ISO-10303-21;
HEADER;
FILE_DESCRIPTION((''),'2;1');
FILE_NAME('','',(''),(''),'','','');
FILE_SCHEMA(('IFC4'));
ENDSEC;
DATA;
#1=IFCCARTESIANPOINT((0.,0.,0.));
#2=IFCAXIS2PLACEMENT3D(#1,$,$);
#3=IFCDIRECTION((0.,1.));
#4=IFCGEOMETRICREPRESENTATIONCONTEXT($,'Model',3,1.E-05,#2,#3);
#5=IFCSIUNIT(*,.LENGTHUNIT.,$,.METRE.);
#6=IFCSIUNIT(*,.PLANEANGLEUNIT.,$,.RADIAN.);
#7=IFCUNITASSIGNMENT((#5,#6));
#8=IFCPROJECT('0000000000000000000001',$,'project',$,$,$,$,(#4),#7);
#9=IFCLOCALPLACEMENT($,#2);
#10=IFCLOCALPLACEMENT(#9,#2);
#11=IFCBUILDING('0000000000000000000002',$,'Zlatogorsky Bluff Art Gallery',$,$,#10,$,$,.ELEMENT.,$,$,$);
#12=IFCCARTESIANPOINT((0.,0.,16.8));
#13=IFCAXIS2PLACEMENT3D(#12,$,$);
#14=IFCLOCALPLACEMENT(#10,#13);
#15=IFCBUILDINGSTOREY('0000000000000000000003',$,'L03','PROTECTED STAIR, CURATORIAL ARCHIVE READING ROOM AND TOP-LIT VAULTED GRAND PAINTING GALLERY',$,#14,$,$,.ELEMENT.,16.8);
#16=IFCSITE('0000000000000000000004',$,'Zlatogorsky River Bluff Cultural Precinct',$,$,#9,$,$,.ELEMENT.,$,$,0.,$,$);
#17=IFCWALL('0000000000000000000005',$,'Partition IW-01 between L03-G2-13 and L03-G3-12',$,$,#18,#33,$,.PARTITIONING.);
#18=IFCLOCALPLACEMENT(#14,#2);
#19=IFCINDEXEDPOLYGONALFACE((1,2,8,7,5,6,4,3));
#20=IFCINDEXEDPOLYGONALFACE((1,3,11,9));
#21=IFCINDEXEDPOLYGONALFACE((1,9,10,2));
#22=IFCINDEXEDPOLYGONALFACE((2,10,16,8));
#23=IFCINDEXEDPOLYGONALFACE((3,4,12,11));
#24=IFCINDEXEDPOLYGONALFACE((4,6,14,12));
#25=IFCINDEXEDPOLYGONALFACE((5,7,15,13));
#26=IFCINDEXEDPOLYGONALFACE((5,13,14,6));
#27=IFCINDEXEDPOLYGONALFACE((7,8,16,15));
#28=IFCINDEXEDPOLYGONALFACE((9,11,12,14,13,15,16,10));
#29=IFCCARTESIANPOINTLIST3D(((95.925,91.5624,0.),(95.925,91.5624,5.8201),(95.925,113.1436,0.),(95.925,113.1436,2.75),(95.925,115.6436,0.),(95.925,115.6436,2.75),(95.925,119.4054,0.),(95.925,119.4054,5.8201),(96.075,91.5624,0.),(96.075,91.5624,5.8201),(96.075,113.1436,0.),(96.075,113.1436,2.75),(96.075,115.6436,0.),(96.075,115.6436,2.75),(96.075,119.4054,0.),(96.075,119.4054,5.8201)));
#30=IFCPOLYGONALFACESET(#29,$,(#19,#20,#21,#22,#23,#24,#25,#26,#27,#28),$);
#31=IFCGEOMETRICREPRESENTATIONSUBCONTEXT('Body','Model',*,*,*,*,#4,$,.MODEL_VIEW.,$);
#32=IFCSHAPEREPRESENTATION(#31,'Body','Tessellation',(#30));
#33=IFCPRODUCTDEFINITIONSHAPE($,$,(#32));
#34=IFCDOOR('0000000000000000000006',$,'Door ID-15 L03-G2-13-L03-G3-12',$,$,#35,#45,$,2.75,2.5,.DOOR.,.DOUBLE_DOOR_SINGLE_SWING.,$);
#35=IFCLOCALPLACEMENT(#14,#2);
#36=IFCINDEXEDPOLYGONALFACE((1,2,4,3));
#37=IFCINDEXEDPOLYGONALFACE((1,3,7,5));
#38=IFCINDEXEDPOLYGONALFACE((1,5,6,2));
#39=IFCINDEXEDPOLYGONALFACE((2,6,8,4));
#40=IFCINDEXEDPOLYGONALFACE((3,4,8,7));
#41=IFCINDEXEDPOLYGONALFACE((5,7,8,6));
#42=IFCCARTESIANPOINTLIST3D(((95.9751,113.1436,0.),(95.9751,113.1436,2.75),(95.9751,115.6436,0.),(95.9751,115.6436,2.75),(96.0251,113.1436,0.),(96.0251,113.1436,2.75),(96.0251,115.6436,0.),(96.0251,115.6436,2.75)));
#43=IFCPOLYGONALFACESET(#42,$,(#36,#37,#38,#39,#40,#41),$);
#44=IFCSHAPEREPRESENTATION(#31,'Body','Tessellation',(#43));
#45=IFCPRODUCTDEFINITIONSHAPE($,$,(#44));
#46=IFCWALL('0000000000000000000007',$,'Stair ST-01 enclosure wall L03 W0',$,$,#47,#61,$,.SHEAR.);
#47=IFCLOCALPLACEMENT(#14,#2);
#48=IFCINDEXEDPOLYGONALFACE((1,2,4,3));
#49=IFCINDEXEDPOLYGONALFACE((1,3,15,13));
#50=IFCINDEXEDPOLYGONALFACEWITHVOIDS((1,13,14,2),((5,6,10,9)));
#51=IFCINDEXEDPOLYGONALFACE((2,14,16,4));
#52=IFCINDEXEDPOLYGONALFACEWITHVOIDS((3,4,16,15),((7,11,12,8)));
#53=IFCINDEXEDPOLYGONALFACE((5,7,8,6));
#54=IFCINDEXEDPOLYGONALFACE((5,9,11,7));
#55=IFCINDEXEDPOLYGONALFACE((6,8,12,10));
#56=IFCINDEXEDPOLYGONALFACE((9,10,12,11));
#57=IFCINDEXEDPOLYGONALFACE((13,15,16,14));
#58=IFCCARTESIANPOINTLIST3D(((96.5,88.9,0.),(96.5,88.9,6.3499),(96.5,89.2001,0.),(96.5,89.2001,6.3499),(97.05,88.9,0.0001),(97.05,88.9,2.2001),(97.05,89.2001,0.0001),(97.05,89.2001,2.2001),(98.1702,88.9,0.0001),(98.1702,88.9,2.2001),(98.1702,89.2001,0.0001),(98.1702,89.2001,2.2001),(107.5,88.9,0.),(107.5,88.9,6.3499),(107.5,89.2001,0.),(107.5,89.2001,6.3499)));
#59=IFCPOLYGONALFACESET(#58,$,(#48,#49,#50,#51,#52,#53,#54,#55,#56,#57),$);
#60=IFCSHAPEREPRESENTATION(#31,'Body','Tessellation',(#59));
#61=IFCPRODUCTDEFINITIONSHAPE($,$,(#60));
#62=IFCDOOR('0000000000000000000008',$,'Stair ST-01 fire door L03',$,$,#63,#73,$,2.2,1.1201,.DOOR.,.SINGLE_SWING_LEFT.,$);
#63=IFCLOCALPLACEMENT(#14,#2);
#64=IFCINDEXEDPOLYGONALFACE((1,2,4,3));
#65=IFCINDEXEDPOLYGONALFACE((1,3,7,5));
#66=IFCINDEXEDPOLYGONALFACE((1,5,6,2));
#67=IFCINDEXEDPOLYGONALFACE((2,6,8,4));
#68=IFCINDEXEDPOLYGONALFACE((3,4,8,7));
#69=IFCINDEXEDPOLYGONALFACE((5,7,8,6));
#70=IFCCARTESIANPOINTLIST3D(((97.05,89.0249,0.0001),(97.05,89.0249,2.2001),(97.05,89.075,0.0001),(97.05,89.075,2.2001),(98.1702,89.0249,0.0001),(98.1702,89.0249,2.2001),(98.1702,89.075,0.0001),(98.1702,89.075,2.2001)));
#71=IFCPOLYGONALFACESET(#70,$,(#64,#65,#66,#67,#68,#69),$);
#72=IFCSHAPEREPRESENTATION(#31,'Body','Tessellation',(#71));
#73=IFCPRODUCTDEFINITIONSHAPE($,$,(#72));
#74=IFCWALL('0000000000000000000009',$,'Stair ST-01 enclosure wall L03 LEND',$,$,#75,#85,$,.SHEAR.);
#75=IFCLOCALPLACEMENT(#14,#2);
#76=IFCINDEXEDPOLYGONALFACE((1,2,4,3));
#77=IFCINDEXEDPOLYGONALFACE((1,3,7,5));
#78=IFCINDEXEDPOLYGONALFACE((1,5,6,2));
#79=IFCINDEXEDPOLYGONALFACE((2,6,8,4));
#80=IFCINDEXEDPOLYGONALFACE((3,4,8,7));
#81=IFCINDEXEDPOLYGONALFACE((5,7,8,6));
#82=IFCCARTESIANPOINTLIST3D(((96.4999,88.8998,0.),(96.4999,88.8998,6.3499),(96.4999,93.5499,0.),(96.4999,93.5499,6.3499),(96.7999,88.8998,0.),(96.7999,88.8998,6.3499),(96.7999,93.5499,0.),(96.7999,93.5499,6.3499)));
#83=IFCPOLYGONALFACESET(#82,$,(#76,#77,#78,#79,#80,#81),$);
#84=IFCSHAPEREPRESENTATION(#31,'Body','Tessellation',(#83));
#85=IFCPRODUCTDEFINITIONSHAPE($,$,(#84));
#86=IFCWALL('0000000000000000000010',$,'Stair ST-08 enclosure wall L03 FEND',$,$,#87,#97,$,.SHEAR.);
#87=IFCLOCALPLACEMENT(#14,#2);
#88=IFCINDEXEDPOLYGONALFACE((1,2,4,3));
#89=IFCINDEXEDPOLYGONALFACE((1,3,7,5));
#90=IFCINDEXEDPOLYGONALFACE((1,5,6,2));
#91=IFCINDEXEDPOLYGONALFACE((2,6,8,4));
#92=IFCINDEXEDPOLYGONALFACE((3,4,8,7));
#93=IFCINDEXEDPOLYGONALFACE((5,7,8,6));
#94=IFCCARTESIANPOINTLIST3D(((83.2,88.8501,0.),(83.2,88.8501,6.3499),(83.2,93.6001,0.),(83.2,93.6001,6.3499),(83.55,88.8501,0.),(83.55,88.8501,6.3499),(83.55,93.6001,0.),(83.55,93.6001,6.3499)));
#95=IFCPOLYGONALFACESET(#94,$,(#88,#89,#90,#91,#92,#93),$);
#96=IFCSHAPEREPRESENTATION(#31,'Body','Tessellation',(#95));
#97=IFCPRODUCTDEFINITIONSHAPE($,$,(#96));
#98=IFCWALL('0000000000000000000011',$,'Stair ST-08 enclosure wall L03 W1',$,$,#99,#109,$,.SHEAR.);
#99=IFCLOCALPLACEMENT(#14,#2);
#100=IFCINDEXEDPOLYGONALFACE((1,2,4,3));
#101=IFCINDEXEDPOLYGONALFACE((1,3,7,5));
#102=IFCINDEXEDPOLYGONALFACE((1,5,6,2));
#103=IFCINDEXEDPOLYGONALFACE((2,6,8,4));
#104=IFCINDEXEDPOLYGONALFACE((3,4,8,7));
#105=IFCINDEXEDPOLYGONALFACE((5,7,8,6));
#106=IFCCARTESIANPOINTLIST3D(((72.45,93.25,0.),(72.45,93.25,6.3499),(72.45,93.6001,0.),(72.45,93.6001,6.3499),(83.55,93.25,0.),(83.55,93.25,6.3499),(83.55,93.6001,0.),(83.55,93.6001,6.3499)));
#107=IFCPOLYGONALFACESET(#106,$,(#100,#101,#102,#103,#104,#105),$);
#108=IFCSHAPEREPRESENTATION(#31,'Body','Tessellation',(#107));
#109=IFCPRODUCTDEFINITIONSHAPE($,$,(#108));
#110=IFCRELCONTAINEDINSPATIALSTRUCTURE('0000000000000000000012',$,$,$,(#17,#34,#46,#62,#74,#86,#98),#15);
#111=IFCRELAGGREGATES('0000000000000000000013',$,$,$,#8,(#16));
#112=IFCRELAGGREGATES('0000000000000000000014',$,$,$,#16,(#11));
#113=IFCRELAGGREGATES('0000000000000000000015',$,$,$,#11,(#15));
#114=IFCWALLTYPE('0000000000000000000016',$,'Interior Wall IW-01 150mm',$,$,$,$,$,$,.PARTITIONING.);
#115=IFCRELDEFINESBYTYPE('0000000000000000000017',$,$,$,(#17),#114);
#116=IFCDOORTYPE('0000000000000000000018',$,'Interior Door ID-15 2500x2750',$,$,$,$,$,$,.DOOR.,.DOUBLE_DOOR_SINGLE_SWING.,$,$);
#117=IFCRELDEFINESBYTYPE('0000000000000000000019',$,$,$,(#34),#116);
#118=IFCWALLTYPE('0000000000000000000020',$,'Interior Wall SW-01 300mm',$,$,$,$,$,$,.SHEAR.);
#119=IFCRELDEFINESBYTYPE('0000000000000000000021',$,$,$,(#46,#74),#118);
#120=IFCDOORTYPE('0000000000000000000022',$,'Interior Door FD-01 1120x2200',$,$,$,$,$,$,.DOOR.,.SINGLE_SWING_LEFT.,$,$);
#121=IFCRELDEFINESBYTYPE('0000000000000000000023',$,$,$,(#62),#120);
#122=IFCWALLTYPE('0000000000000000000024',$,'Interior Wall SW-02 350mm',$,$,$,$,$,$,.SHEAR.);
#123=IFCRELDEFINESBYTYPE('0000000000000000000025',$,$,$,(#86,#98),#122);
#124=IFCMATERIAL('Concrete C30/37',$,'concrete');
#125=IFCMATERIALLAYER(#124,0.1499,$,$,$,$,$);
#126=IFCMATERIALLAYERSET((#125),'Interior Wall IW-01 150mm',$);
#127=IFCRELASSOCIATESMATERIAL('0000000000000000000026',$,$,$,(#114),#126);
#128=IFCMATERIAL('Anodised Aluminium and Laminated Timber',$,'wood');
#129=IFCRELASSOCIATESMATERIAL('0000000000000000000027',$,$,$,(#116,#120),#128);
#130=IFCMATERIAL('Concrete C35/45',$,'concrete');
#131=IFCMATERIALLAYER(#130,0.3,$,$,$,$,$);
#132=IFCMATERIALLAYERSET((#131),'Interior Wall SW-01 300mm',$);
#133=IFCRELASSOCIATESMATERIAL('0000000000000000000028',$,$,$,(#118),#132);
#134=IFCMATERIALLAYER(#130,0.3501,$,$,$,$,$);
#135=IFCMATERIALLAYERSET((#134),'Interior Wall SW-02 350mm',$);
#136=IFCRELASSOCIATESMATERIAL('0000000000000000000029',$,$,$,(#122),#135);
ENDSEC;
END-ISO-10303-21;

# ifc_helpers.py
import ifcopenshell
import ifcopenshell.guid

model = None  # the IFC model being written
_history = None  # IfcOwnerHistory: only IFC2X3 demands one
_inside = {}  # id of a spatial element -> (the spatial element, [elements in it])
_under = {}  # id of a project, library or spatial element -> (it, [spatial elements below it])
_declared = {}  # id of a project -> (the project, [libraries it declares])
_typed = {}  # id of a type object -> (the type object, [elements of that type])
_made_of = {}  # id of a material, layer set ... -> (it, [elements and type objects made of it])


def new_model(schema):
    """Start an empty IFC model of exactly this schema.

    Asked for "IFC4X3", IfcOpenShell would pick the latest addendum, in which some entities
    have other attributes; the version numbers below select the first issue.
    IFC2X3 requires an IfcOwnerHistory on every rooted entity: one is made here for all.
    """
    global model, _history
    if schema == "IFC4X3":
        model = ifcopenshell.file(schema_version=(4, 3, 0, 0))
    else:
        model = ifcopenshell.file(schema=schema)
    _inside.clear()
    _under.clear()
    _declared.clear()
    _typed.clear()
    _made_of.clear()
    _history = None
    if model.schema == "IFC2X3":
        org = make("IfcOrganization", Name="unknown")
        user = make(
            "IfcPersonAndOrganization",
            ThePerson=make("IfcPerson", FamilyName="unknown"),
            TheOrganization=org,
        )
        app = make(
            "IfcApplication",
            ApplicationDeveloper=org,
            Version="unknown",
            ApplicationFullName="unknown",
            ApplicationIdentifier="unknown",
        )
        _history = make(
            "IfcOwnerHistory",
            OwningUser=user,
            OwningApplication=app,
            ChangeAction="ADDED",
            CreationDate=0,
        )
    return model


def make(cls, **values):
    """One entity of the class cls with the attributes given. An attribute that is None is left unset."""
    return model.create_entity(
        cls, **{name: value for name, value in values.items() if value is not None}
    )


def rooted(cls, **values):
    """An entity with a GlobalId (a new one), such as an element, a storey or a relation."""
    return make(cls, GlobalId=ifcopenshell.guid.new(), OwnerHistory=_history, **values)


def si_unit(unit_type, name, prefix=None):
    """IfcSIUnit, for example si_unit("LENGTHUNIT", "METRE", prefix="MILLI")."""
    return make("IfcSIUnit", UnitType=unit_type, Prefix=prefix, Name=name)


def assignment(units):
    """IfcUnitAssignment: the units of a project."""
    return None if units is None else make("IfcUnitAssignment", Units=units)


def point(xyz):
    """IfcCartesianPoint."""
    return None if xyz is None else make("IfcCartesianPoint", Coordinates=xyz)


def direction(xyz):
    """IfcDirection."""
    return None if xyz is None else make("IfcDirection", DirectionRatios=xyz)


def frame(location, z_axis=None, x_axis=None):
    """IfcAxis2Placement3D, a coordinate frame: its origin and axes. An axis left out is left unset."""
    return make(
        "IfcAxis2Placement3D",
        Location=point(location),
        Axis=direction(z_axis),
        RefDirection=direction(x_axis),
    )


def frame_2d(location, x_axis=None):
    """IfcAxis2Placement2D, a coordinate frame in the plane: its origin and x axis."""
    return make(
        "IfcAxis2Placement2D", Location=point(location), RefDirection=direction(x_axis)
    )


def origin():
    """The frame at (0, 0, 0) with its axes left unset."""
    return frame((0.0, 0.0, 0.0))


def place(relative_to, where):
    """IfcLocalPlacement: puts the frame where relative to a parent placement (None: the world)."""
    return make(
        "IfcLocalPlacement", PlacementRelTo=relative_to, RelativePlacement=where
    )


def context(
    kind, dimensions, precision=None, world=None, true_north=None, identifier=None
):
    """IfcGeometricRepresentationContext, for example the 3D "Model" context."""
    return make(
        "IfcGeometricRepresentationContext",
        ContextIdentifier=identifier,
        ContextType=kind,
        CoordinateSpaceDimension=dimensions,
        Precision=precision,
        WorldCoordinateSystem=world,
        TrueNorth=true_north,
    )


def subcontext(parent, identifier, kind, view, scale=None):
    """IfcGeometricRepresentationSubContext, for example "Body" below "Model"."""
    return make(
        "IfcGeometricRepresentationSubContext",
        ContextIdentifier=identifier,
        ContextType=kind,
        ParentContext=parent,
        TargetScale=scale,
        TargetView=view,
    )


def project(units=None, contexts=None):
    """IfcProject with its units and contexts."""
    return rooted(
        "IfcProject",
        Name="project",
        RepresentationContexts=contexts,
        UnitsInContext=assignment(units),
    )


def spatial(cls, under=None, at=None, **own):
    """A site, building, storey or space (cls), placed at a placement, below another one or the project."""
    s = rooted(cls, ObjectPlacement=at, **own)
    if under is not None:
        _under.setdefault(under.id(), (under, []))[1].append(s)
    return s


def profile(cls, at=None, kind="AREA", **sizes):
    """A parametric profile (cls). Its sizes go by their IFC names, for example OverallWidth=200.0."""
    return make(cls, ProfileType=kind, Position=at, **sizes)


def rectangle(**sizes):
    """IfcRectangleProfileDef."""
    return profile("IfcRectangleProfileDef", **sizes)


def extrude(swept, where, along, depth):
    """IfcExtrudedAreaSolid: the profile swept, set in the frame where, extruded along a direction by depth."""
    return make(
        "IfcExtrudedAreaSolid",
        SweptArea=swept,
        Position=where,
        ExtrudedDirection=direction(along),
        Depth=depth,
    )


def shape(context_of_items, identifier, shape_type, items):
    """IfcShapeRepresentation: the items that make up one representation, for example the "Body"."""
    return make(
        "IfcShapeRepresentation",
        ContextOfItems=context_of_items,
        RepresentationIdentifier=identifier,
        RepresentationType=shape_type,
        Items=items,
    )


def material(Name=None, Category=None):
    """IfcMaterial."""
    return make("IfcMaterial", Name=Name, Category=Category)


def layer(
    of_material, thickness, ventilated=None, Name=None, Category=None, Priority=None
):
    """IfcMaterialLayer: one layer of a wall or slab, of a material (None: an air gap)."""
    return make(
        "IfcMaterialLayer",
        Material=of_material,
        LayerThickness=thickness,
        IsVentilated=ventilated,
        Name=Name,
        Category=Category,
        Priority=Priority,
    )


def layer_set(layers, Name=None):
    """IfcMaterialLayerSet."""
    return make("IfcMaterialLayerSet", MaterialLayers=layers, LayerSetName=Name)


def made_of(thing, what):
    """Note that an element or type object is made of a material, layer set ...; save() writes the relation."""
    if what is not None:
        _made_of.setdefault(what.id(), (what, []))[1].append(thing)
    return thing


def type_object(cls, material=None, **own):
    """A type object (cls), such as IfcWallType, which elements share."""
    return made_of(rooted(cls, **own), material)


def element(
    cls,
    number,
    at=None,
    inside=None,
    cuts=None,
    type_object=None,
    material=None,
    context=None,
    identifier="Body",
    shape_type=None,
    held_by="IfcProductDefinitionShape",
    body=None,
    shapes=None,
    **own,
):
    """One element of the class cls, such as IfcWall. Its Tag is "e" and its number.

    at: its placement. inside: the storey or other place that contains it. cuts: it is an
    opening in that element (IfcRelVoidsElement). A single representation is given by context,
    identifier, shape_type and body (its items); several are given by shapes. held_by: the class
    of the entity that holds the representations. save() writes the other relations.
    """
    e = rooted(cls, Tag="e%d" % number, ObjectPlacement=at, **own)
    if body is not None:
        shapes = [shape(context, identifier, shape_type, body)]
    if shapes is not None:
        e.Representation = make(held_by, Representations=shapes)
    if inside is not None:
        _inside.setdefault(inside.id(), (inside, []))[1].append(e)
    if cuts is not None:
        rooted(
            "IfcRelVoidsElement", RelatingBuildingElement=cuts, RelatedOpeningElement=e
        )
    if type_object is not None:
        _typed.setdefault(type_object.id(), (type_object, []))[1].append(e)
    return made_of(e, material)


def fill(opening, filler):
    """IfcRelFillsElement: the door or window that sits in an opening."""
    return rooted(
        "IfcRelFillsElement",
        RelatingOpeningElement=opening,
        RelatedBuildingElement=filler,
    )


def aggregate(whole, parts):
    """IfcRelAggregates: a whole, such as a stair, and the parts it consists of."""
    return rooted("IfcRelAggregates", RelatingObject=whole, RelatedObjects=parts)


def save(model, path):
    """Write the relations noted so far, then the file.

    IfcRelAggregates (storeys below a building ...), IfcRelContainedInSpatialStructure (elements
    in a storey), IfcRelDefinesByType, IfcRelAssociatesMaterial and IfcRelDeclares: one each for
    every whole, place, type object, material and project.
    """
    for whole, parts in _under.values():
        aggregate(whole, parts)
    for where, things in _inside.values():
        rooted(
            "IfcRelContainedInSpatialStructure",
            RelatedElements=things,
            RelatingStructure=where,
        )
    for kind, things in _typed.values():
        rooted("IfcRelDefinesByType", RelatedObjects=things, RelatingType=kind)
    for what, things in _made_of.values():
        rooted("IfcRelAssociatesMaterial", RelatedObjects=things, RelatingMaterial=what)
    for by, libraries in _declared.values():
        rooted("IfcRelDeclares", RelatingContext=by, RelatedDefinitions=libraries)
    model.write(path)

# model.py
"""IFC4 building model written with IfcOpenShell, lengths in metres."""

from ifc_helpers import new_model, si_unit, direction, frame, frame_2d, origin, place, context, subcontext, project, spatial, rectangle, extrude, material, layer, layer_set, type_object, element, fill, save


model = new_model("IFC4")

# Units and contexts
model_context = context("Model", 3, precision=1e-05, world=origin(), true_north=direction((0.0, 1.0)))
body_context = subcontext(model_context, "Body", "Model", "MODEL_VIEW")
ifc_project = project(units=[si_unit("LENGTHUNIT", "METRE"), si_unit("PLANEANGLEUNIT", "RADIAN")], contexts=[model_context])

# Site, building, storey
site_placement = place(None, origin())
site = spatial("IfcSite", under=ifc_project, at=site_placement, Name="Zlatogorsky River Bluff Cultural Precinct", CompositionType="ELEMENT", RefElevation=0.0)
building_placement = place(site_placement, origin())
building = spatial("IfcBuilding", under=site, at=building_placement, Name="Zlatogorsky Bluff Art Gallery", CompositionType="ELEMENT")
storey_placement = place(building_placement, frame((0.0, 0.0, 16.8)))
storey = spatial("IfcBuildingStorey", under=building, at=storey_placement, Name="L03", Description="PROTECTED STAIR, CURATORIAL ARCHIVE READING ROOM AND TOP-LIT VAULTED GRAND PAINTING GALLERY", CompositionType="ELEMENT", Elevation=16.8)

# Walls, openings, doors
ifc_material_1 = material(Name="Concrete C30/37", Category="concrete")
ifc_layer_1 = layer(ifc_material_1, 0.1499)
ifc_layer_set_1 = layer_set([ifc_layer_1], Name="Interior Wall IW-01 150mm")
wall_type_1 = type_object("IfcWallType", Name="Interior Wall IW-01 150mm", PredefinedType="PARTITIONING", material=ifc_layer_set_1)
wall_1_placement = place(storey_placement, frame((96.0, 91.5625, 0.0), z_axis=(0.0, 0.0, 1.0), x_axis=(0.0, 1.0, 0.0)))
wall_1 = element("IfcWall", 1, at=wall_1_placement, inside=storey, type_object=wall_type_1, Name="Partition IW-01 between L03-G2-13 and L03-G3-12", PredefinedType="PARTITIONING", context=body_context, shape_type="SweptSolid", body=[
    extrude(rectangle(XDim=27.843, YDim=0.1499, at=frame_2d((13.9214, 0.0))), origin(), (0.0, 0.0, 1.0), 5.8201),
])
opening_1_placement = place(wall_1_placement, frame((21.5811, 0.0, 0.0)))
opening_1 = element("IfcOpeningElement", 2, at=opening_1_placement, cuts=wall_1, PredefinedType="OPENING", context=body_context, shape_type="SweptSolid", body=[
    extrude(rectangle(XDim=2.5, YDim=2.75, at=frame_2d((1.25, 1.375))), frame((0.0, 0.085, 0.0), z_axis=(0.0, -1.0, 0.0), x_axis=(1.0, 0.0, 0.0)), (0.0, 0.0, 1.0), 0.1699),
])
ifc_material_2 = material(Name="Anodised Aluminium and Laminated Timber", Category="wood")
door_type_1 = type_object("IfcDoorType", Name="Interior Door ID-15 2500x2750", OperationType="DOUBLE_DOOR_SINGLE_SWING", PredefinedType="DOOR", material=ifc_material_2)
door_1_placement = place(opening_1_placement, origin())
door_1 = element("IfcDoor", 3, at=door_1_placement, inside=storey, type_object=door_type_1, Name="Door ID-15 L03-G2-13-L03-G3-12", OperationType="DOUBLE_DOOR_SINGLE_SWING", OverallHeight=2.75, OverallWidth=2.5, PredefinedType="DOOR", context=body_context, shape_type="SweptSolid", body=[
    extrude(rectangle(XDim=2.5, YDim=2.75, at=frame_2d((1.25, 1.375))), frame((0.0, 0.0249, 0.0), z_axis=(0.0, -1.0, 0.0), x_axis=(1.0, 0.0, 0.0)), (0.0, 0.0, 1.0), 0.05),
])
fill(opening_1, door_1)
ifc_material_3 = material(Name="Concrete C35/45", Category="concrete")
ifc_layer_2 = layer(ifc_material_3, 0.3)
ifc_layer_set_2 = layer_set([ifc_layer_2], Name="Interior Wall SW-01 300mm")
wall_type_2 = type_object("IfcWallType", Name="Interior Wall SW-01 300mm", PredefinedType="SHEAR", material=ifc_layer_set_2)
wall_2_placement = place(storey_placement, frame((96.5, 89.05, 0.0), z_axis=(0.0, 0.0, 1.0), x_axis=(1.0, 0.0, 0.0)))
wall_2 = element("IfcWall", 4, at=wall_2_placement, inside=storey, type_object=wall_type_2, Name="Stair ST-01 enclosure wall L03 W0", PredefinedType="SHEAR", context=body_context, shape_type="SweptSolid", body=[
    extrude(rectangle(XDim=11.0, YDim=0.3, at=frame_2d((5.5, 0.0))), origin(), (0.0, 0.0, 1.0), 6.3499),
])
opening_2_placement = place(wall_2_placement, frame((0.55, 0.0, 0.0)))
opening_2 = element("IfcOpeningElement", 5, at=opening_2_placement, cuts=wall_2, PredefinedType="OPENING", context=body_context, shape_type="SweptSolid", body=[
    extrude(rectangle(XDim=1.1201, YDim=2.2, at=frame_2d((0.5601, 1.1001))), frame((0.0, 0.1599, 0.0), z_axis=(0.0, -1.0, 0.0), x_axis=(1.0, 0.0, 0.0)), (0.0, 0.0, 1.0), 0.3201),
])
door_type_2 = type_object("IfcDoorType", Name="Interior Door FD-01 1120x2200", OperationType="SINGLE_SWING_LEFT", PredefinedType="DOOR", material=ifc_material_2)
door_2_placement = place(opening_2_placement, origin())
door_2 = element("IfcDoor", 6, at=door_2_placement, inside=storey, type_object=door_type_2, Name="Stair ST-01 fire door L03", OperationType="SINGLE_SWING_LEFT", OverallHeight=2.2, OverallWidth=1.1201, PredefinedType="DOOR", context=body_context, shape_type="SweptSolid", body=[
    extrude(rectangle(XDim=1.1201, YDim=2.2, at=frame_2d((0.5601, 1.1001))), frame((0.0, 0.0249, 0.0), z_axis=(0.0, -1.0, 0.0), x_axis=(1.0, 0.0, 0.0)), (0.0, 0.0, 1.0), 0.05),
])
fill(opening_2, door_2)

# Walls
wall_3_placement = place(storey_placement, frame((96.6499, 93.55, 0.0), z_axis=(0.0, 0.0, 1.0), x_axis=(0.0, -1.0, 0.0)))
element("IfcWall", 7, at=wall_3_placement, inside=storey, type_object=wall_type_2, Name="Stair ST-01 enclosure wall L03 LEND", PredefinedType="SHEAR", context=body_context, shape_type="SweptSolid", body=[
    extrude(rectangle(XDim=4.6501, YDim=0.3, at=frame_2d((2.3252, 0.0))), origin(), (0.0, 0.0, 1.0), 6.3499),
])
ifc_layer_3 = layer(ifc_material_3, 0.3501)
ifc_layer_set_3 = layer_set([ifc_layer_3], Name="Interior Wall SW-02 350mm")
wall_type_3 = type_object("IfcWallType", Name="Interior Wall SW-02 350mm", PredefinedType="SHEAR", material=ifc_layer_set_3)
wall_4_placement = place(storey_placement, frame((83.375, 88.8501, 0.0), z_axis=(0.0, 0.0, 1.0), x_axis=(0.0, 1.0, 0.0)))
element("IfcWall", 8, at=wall_4_placement, inside=storey, type_object=wall_type_3, Name="Stair ST-08 enclosure wall L03 FEND", PredefinedType="SHEAR", context=body_context, shape_type="SweptSolid", body=[
    extrude(rectangle(XDim=4.75, YDim=0.3501, at=frame_2d((2.375, 0.0))), origin(), (0.0, 0.0, 1.0), 6.3499),
])
wall_5_placement = place(storey_placement, frame((83.55, 93.425, 0.0), z_axis=(0.0, 0.0, 1.0), x_axis=(-1.0, 0.0, 0.0)))
element("IfcWall", 9, at=wall_5_placement, inside=storey, type_object=wall_type_3, Name="Stair ST-08 enclosure wall L03 W1", PredefinedType="SHEAR", context=body_context, shape_type="SweptSolid", body=[
    extrude(rectangle(XDim=11.1001, YDim=0.3501, at=frame_2d((5.55, 0.0))), origin(), (0.0, 0.0, 1.0), 6.3499),
])

save(model, "model.ifc")
